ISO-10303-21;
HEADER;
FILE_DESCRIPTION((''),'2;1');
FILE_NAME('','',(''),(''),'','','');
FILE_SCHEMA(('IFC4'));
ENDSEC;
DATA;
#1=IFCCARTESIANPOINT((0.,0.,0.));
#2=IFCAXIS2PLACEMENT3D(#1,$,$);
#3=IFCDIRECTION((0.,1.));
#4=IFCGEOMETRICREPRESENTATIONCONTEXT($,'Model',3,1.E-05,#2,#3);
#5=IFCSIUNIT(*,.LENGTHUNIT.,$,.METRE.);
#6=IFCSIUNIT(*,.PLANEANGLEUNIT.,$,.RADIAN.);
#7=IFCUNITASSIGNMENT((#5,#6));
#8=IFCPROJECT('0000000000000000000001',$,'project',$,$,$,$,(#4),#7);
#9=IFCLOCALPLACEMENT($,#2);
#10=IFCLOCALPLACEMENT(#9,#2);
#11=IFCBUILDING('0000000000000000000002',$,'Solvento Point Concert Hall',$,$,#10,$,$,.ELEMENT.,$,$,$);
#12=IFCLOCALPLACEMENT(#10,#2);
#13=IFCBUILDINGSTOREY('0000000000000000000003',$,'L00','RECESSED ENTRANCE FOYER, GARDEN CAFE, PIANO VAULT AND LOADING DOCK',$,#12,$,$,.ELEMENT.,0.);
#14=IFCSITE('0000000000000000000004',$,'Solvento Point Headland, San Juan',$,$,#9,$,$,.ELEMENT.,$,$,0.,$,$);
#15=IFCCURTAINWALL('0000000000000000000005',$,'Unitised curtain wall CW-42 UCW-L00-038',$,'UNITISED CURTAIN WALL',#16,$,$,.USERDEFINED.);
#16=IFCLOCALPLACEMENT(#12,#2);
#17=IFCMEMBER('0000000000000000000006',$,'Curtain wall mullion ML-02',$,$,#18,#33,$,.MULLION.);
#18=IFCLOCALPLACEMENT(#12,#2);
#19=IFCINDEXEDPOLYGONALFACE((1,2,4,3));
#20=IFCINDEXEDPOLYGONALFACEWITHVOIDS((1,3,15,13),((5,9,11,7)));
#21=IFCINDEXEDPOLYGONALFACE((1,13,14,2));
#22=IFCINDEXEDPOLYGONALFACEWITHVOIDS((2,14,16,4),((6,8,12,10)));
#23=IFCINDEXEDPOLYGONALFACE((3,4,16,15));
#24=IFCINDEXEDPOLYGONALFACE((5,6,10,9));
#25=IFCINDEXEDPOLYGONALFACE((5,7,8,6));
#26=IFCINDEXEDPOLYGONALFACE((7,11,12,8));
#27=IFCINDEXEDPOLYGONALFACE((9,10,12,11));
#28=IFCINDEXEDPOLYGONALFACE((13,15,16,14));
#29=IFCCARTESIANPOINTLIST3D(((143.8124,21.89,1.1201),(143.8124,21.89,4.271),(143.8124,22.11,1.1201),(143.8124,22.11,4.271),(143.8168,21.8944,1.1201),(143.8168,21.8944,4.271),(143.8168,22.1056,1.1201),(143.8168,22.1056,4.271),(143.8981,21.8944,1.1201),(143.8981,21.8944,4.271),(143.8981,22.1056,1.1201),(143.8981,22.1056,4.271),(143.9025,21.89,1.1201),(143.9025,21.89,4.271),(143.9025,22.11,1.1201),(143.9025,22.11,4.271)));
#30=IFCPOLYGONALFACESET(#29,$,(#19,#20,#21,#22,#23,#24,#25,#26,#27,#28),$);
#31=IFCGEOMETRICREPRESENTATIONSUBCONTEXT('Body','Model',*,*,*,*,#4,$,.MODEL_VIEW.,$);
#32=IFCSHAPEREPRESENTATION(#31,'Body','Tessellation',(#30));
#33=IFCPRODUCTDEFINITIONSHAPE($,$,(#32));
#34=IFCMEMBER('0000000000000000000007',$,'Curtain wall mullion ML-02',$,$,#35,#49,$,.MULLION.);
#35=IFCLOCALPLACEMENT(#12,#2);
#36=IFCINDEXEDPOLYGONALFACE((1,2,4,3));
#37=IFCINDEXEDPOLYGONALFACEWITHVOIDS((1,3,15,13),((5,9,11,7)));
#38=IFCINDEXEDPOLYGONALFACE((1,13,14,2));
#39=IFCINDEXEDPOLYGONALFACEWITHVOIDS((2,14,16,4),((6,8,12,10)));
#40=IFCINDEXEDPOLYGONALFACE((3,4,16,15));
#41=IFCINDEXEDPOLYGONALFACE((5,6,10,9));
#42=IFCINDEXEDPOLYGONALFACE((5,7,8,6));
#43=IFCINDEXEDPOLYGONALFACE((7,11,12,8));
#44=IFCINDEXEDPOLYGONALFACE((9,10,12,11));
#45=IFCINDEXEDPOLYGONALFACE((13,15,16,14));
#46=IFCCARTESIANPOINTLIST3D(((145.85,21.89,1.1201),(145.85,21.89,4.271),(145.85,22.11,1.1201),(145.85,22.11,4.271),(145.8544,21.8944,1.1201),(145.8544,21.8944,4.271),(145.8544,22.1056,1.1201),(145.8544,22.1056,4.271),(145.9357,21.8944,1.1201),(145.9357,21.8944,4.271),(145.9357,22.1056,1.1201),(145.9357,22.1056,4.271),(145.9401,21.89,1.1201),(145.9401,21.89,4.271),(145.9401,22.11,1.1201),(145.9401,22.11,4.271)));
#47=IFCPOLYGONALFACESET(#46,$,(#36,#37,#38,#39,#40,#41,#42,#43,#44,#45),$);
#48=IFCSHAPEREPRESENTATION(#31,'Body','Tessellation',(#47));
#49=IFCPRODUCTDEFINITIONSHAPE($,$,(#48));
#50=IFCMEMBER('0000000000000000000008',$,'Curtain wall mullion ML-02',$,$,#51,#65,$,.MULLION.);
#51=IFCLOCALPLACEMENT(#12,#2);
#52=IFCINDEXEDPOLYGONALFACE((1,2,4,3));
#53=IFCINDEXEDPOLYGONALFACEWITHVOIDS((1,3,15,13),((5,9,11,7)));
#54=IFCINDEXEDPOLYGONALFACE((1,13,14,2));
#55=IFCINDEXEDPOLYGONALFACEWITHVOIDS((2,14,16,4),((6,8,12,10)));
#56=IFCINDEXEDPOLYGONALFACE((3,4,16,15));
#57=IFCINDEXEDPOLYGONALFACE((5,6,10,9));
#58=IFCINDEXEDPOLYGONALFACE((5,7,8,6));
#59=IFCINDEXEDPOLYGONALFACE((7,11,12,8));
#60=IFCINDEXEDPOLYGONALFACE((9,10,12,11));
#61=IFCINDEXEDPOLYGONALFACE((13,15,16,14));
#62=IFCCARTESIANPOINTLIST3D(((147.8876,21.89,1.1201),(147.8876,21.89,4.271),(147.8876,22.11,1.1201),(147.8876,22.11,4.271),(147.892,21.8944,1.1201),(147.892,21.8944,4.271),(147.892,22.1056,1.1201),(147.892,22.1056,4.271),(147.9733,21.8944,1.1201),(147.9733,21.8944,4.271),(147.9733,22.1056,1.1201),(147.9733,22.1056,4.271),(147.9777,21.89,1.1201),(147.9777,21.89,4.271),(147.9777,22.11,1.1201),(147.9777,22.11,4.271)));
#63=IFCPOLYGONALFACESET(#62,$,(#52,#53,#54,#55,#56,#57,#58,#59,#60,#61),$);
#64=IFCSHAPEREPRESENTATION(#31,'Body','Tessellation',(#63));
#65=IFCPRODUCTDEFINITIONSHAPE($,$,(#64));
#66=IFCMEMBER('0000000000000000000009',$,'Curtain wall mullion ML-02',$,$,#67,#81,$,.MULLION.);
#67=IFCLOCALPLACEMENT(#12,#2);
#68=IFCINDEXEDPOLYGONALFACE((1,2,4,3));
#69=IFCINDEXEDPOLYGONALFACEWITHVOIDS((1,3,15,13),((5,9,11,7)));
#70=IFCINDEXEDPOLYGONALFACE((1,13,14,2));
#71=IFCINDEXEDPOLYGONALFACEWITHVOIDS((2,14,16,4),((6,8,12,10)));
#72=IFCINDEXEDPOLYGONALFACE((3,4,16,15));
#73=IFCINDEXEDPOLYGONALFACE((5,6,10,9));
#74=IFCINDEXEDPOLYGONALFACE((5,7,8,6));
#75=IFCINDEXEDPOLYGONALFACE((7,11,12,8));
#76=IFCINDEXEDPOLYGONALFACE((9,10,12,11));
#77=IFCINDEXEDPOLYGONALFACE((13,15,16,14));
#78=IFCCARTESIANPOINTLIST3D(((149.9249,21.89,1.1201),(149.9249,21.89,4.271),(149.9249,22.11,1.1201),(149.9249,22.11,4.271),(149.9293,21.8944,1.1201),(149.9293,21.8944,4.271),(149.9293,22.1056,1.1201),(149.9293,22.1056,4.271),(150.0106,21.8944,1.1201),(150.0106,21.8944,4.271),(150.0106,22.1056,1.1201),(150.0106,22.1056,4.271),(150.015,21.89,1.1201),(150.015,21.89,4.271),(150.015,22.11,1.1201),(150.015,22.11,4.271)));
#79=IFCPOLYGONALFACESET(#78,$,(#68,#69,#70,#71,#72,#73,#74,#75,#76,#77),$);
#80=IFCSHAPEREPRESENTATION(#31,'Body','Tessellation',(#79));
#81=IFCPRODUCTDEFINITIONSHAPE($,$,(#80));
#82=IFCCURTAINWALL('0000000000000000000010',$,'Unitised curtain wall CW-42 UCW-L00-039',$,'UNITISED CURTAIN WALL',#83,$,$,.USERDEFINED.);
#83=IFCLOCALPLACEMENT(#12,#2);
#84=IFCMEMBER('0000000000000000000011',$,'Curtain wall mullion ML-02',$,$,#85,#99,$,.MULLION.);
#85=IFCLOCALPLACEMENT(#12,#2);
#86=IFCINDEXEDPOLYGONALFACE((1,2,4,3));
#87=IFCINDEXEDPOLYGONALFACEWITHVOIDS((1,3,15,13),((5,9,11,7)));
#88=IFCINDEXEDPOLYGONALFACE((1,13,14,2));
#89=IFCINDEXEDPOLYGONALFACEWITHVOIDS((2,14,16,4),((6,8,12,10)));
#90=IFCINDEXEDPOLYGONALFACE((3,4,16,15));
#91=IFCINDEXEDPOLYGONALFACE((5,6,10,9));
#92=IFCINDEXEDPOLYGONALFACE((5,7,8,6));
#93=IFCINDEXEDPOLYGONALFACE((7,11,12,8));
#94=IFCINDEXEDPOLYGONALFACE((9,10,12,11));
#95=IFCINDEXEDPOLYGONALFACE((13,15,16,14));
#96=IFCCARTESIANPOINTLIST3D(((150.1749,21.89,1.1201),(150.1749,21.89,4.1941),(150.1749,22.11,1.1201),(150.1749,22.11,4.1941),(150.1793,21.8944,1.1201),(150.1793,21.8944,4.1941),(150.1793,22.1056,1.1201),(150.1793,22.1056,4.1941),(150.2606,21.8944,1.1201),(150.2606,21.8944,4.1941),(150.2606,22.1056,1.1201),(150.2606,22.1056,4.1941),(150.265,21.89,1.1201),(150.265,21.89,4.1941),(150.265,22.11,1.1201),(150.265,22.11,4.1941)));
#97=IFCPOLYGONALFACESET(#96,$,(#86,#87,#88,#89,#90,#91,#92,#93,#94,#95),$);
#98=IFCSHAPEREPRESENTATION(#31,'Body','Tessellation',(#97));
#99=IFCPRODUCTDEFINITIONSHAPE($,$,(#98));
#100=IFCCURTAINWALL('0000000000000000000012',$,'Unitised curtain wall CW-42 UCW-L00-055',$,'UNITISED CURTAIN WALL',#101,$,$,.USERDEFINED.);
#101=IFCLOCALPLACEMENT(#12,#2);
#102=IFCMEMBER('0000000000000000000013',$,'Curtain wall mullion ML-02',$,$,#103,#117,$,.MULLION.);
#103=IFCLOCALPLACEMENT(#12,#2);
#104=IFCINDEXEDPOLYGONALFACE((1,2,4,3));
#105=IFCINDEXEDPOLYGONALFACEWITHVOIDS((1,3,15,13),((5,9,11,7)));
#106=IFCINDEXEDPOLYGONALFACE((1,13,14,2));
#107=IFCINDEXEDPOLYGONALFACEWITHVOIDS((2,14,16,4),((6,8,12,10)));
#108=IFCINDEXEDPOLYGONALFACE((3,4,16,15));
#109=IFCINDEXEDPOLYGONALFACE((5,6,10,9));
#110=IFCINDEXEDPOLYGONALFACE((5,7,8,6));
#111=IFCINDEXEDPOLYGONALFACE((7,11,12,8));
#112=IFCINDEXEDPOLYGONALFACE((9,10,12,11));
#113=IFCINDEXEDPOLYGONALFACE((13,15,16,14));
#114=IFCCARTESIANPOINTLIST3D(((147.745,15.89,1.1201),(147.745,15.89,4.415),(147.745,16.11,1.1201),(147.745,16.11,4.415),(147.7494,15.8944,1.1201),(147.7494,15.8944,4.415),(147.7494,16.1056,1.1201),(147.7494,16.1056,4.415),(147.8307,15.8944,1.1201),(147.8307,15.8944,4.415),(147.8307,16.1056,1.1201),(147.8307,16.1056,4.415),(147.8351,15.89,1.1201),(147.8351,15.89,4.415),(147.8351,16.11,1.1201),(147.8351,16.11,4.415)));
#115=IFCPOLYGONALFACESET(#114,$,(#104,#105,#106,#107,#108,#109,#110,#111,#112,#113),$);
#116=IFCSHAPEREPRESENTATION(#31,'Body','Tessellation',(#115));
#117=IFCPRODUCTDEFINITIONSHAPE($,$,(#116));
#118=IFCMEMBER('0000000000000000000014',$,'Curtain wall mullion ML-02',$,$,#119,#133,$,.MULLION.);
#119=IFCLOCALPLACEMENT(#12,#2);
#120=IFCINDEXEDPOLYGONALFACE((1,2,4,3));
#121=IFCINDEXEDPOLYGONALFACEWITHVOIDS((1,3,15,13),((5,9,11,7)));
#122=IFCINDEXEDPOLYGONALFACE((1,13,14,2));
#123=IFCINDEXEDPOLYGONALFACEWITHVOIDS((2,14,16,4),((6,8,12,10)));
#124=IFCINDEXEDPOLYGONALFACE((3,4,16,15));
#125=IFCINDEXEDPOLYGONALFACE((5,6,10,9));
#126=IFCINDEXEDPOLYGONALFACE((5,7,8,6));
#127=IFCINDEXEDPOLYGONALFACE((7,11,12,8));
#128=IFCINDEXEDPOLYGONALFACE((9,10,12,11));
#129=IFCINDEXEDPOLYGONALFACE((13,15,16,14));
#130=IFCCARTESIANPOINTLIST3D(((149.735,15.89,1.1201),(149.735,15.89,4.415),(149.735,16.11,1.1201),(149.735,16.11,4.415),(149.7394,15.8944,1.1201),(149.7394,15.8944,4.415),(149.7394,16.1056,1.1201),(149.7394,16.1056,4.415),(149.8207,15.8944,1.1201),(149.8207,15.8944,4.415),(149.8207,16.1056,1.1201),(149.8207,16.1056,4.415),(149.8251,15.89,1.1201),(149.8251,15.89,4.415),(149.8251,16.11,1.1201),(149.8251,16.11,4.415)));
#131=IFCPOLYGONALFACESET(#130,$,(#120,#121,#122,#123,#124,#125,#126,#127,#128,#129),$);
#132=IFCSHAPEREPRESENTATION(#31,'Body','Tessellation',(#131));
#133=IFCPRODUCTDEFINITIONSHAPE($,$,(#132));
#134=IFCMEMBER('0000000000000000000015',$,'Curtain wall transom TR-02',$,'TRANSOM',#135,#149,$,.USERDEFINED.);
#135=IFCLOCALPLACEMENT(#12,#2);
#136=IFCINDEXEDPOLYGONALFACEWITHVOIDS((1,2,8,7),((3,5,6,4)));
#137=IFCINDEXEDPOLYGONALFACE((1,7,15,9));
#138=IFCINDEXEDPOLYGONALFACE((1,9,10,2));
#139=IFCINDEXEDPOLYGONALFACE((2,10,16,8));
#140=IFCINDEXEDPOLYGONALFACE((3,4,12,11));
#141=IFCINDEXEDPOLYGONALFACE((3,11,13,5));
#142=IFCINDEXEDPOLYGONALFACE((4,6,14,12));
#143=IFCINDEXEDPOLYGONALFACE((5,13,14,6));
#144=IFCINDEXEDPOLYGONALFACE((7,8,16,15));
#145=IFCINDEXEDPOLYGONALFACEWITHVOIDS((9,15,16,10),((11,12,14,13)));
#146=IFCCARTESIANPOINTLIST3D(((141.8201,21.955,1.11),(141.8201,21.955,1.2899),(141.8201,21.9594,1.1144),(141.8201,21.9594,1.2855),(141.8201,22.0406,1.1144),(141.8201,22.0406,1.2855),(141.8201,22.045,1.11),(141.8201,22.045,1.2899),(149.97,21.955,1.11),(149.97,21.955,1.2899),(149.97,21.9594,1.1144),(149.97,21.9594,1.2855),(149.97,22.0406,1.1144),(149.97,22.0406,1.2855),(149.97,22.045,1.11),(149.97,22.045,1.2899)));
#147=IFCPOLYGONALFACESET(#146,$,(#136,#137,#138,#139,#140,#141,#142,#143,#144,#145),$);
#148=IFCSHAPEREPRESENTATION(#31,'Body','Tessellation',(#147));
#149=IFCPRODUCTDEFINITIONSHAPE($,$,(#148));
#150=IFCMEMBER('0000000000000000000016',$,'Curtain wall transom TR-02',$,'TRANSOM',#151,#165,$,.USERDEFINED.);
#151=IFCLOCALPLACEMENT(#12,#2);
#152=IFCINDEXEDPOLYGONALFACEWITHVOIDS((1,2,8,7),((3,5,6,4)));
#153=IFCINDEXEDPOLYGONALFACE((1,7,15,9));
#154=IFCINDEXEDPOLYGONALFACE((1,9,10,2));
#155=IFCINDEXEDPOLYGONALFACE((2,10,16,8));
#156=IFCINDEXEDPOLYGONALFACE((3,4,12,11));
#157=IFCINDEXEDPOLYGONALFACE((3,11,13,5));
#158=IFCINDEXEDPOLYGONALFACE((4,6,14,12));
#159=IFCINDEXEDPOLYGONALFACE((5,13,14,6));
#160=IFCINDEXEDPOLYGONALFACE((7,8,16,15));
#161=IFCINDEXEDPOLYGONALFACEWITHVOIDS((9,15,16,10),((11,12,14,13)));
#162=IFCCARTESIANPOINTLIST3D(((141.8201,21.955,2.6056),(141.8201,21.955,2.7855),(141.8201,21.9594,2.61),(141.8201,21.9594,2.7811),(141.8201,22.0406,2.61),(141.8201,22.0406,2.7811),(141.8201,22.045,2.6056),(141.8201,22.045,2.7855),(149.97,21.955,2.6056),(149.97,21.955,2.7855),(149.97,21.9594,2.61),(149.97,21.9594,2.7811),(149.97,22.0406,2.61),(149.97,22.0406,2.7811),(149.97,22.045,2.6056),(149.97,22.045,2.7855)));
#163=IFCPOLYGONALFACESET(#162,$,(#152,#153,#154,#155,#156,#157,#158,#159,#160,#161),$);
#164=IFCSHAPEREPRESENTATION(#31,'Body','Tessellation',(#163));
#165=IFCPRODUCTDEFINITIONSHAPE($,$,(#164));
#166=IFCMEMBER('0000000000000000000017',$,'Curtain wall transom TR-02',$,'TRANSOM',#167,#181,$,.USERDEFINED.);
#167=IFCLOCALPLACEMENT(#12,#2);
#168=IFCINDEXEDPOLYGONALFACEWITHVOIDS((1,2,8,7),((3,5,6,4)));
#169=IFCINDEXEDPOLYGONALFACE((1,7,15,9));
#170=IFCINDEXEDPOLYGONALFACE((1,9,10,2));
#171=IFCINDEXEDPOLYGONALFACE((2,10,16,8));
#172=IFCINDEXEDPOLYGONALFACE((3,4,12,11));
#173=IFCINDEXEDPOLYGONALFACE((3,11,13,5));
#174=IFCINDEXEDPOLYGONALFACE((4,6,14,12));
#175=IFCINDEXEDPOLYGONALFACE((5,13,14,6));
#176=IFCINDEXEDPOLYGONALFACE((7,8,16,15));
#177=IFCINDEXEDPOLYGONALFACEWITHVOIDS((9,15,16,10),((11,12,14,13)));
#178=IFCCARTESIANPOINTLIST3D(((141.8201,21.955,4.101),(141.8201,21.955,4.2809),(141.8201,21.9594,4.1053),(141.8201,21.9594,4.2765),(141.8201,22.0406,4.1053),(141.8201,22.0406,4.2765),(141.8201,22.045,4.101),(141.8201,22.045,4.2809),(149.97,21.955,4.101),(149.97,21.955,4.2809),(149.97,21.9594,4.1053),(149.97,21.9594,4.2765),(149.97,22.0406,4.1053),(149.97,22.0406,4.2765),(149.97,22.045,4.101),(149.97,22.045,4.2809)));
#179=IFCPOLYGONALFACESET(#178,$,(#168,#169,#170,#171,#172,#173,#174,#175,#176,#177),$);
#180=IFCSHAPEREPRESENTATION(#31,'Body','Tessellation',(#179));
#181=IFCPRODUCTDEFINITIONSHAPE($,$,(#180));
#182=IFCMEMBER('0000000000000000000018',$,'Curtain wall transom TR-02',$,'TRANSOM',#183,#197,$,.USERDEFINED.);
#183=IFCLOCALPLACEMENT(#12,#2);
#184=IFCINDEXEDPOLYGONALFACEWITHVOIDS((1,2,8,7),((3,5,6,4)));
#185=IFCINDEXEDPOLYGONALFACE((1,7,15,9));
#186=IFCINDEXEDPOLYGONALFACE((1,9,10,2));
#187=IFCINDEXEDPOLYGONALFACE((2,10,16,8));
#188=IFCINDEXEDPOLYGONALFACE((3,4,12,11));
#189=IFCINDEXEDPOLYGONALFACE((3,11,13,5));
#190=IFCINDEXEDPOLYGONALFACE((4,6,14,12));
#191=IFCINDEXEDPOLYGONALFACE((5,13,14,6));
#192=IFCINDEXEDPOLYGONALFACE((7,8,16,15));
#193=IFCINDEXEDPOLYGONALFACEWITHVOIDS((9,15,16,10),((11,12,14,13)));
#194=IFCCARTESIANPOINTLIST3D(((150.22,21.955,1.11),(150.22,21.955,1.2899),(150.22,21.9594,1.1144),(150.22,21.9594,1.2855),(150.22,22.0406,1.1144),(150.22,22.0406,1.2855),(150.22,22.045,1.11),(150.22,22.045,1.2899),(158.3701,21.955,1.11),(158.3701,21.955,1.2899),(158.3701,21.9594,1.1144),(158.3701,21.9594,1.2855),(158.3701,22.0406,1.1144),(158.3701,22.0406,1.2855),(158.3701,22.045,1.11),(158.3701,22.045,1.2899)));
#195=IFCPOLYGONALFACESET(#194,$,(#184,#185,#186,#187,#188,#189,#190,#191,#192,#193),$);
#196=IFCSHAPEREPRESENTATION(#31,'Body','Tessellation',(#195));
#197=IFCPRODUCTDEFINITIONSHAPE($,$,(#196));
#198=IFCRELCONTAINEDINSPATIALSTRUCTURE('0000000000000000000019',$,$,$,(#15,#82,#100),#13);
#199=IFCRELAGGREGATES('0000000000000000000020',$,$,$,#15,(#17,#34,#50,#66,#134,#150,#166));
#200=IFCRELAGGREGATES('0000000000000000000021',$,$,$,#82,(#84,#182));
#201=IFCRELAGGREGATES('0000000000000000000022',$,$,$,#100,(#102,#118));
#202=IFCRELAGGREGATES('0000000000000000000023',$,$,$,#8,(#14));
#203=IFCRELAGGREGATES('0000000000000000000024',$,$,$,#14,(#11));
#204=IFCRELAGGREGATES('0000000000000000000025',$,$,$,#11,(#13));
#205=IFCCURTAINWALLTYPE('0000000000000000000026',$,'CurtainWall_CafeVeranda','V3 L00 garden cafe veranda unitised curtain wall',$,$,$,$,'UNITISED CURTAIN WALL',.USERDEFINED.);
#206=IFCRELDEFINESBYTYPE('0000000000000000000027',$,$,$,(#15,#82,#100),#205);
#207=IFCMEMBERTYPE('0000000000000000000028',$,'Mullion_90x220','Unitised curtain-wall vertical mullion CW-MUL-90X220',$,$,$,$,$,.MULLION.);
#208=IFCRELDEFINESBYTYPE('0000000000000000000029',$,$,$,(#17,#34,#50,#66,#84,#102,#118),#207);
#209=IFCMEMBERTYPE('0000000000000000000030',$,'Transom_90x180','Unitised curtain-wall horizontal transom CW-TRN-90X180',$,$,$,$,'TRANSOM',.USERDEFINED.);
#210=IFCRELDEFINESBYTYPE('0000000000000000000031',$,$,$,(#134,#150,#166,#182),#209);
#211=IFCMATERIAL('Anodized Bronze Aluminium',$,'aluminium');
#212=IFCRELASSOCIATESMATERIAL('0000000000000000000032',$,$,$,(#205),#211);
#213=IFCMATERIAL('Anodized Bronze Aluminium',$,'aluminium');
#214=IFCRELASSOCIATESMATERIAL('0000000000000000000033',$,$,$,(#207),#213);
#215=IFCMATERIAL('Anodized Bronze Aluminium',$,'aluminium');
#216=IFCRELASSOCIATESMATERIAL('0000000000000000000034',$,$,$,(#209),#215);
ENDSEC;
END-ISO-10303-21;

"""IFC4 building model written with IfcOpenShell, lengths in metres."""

from ifc_helpers import new_model, si_unit, direction, frame, origin, origin_2d, place, context, subcontext, project, spatial, hollow_rectangle, extrude, material, material_profile, profile_set, type_object, element, aggregate, save


model = new_model("IFC4")

# Units and contexts
model_context = context("Model", 3, precision=1e-05, world=origin(), true_north=direction((0.0, 1.0)))
body_context = subcontext(model_context, "Body", "Model", "MODEL_VIEW")
ifc_project = project(units=[si_unit("LENGTHUNIT", "METRE"), si_unit("PLANEANGLEUNIT", "RADIAN")], contexts=[model_context])

# Site, building, storey
site_placement = place(None, origin())
site = spatial("IfcSite", under=ifc_project, at=site_placement, Name="Solvento Point Headland, San Juan", CompositionType="ELEMENT", RefElevation=0.0)
building_placement = place(site_placement, origin())
building = spatial("IfcBuilding", under=site, at=building_placement, Name="Solvento Point Concert Hall", CompositionType="ELEMENT")
storey_placement = place(building_placement, origin())
storey = spatial("IfcBuildingStorey", under=building, at=storey_placement, Name="L00", Description="RECESSED ENTRANCE FOYER, GARDEN CAFE, PIANO VAULT AND LOADING DOCK", CompositionType="ELEMENT", Elevation=0.0)

# Curtain wall, members
ifc_material_1 = material(Name="Anodized Bronze Aluminium", Category="aluminium")
curtain_wall_type = type_object("IfcCurtainWallType", Name="CurtainWall_CafeVeranda", Description="V3 L00 garden cafe veranda unitised curtain wall", ElementType="UNITISED CURTAIN WALL", PredefinedType="USERDEFINED", material=ifc_material_1)
curtain_wall_1_placement = place(storey_placement, origin())
curtain_wall_1 = element("IfcCurtainWall", 1, at=curtain_wall_1_placement, inside=storey, type_object=curtain_wall_type, Name="Unitised curtain wall CW-42 UCW-L00-038", ObjectType="UNITISED CURTAIN WALL", PredefinedType="USERDEFINED")
ifc_material_2 = material(Name="Anodized Bronze Aluminium", Category="aluminium")
ifc_material_profile_1 = material_profile(ifc_material_2, hollow_rectangle(XDim=0.0901, YDim=0.22, WallThickness=0.0044, at=origin_2d()), Name="CW-MUL-90X220")
ifc_profile_set_1 = profile_set([ifc_material_profile_1], Name="Anodized Bronze Aluminium")
member_type_1 = type_object("IfcMemberType", Name="Mullion_90x220", Description="Unitised curtain-wall vertical mullion CW-MUL-90X220", PredefinedType="MULLION", material=ifc_profile_set_1)
member_1_placement = place(storey_placement, frame((143.8574, 22.0, 1.1201), z_axis=(0.0, 0.0, 1.0), x_axis=(1.0, 0.0, 0.0)))
member_1 = element("IfcMember", 2, at=member_1_placement, type_object=member_type_1, Name="Curtain wall mullion ML-02", PredefinedType="MULLION", context=body_context, shape_type="SweptSolid", body=[
    extrude(hollow_rectangle(XDim=0.0901, YDim=0.22, WallThickness=0.0044, at=origin_2d()), origin(), (0.0, 0.0, 1.0), 3.1509),
])
member_2_placement = place(storey_placement, frame((145.895, 22.0, 1.1201), z_axis=(0.0, 0.0, 1.0), x_axis=(1.0, 0.0, 0.0)))
member_2 = element("IfcMember", 3, at=member_2_placement, type_object=member_type_1, Name="Curtain wall mullion ML-02", PredefinedType="MULLION", context=body_context, shape_type="SweptSolid", body=[
    extrude(hollow_rectangle(XDim=0.0901, YDim=0.22, WallThickness=0.0044, at=origin_2d()), origin(), (0.0, 0.0, 1.0), 3.1509),
])
member_3_placement = place(storey_placement, frame((147.9326, 22.0, 1.1201), z_axis=(0.0, 0.0, 1.0), x_axis=(1.0, 0.0, 0.0)))
member_3 = element("IfcMember", 4, at=member_3_placement, type_object=member_type_1, Name="Curtain wall mullion ML-02", PredefinedType="MULLION", context=body_context, shape_type="SweptSolid", body=[
    extrude(hollow_rectangle(XDim=0.0901, YDim=0.22, WallThickness=0.0044, at=origin_2d()), origin(), (0.0, 0.0, 1.0), 3.1509),
])
member_4_placement = place(storey_placement, frame((149.97, 22.0, 1.1201), z_axis=(0.0, 0.0, 1.0), x_axis=(1.0, 0.0, 0.0)))
member_4 = element("IfcMember", 5, at=member_4_placement, type_object=member_type_1, Name="Curtain wall mullion ML-02", PredefinedType="MULLION", context=body_context, shape_type="SweptSolid", body=[
    extrude(hollow_rectangle(XDim=0.0901, YDim=0.22, WallThickness=0.0044, at=origin_2d()), origin(), (0.0, 0.0, 1.0), 3.1509),
])

# Curtain wall, member
curtain_wall_2_placement = place(storey_placement, origin())
curtain_wall_2 = element("IfcCurtainWall", 6, at=curtain_wall_2_placement, inside=storey, type_object=curtain_wall_type, Name="Unitised curtain wall CW-42 UCW-L00-039", ObjectType="UNITISED CURTAIN WALL", PredefinedType="USERDEFINED")
member_5_placement = place(storey_placement, frame((150.22, 22.0, 1.1201), z_axis=(0.0, 0.0, 1.0), x_axis=(1.0, 0.0, 0.0)))
member_5 = element("IfcMember", 7, at=member_5_placement, type_object=member_type_1, Name="Curtain wall mullion ML-02", PredefinedType="MULLION", context=body_context, shape_type="SweptSolid", body=[
    extrude(hollow_rectangle(XDim=0.0901, YDim=0.22, WallThickness=0.0044, at=origin_2d()), origin(), (0.0, 0.0, 1.0), 3.074),
])

# Curtain wall, members
curtain_wall_3_placement = place(storey_placement, origin())
curtain_wall_3 = element("IfcCurtainWall", 8, at=curtain_wall_3_placement, inside=storey, type_object=curtain_wall_type, Name="Unitised curtain wall CW-42 UCW-L00-055", ObjectType="UNITISED CURTAIN WALL", PredefinedType="USERDEFINED")
member_6_placement = place(storey_placement, frame((147.79, 16.0, 1.1201), z_axis=(0.0, 0.0, 1.0), x_axis=(1.0, 0.0, 0.0)))
member_6 = element("IfcMember", 9, at=member_6_placement, type_object=member_type_1, Name="Curtain wall mullion ML-02", PredefinedType="MULLION", context=body_context, shape_type="SweptSolid", body=[
    extrude(hollow_rectangle(XDim=0.0901, YDim=0.22, WallThickness=0.0044, at=origin_2d()), origin(), (0.0, 0.0, 1.0), 3.2949),
])
member_7_placement = place(storey_placement, frame((149.78, 16.0, 1.1201), z_axis=(0.0, 0.0, 1.0), x_axis=(1.0, 0.0, 0.0)))
member_7 = element("IfcMember", 10, at=member_7_placement, type_object=member_type_1, Name="Curtain wall mullion ML-02", PredefinedType="MULLION", context=body_context, shape_type="SweptSolid", body=[
    extrude(hollow_rectangle(XDim=0.0901, YDim=0.22, WallThickness=0.0044, at=origin_2d()), origin(), (0.0, 0.0, 1.0), 3.2949),
])

# Members
ifc_material_3 = material(Name="Anodized Bronze Aluminium", Category="aluminium")
ifc_material_profile_2 = material_profile(ifc_material_3, hollow_rectangle(XDim=0.0901, YDim=0.1799, WallThickness=0.0044, at=origin_2d()), Name="CW-TRN-90X180")
ifc_profile_set_2 = profile_set([ifc_material_profile_2], Name="Anodized Bronze Aluminium")
member_type_2 = type_object("IfcMemberType", Name="Transom_90x180", Description="Unitised curtain-wall horizontal transom CW-TRN-90X180", ElementType="TRANSOM", PredefinedType="USERDEFINED", material=ifc_profile_set_2)
member_8_placement = place(storey_placement, frame((141.8201, 22.0, 1.2), z_axis=(1.0, 0.0, 0.0), x_axis=(0.0, 1.0, 0.0)))
member_8 = element("IfcMember", 11, at=member_8_placement, type_object=member_type_2, Name="Curtain wall transom TR-02", ObjectType="TRANSOM", PredefinedType="USERDEFINED", context=body_context, shape_type="SweptSolid", body=[
    extrude(hollow_rectangle(XDim=0.0901, YDim=0.1799, WallThickness=0.0044, at=origin_2d()), origin(), (0.0, 0.0, 1.0), 8.1499),
])
member_9_placement = place(storey_placement, frame((141.8201, 22.0, 2.6956), z_axis=(1.0, 0.0, 0.0), x_axis=(0.0, 1.0, 0.0)))
member_9 = element("IfcMember", 12, at=member_9_placement, type_object=member_type_2, Name="Curtain wall transom TR-02", ObjectType="TRANSOM", PredefinedType="USERDEFINED", context=body_context, shape_type="SweptSolid", body=[
    extrude(hollow_rectangle(XDim=0.0901, YDim=0.1799, WallThickness=0.0044, at=origin_2d()), origin(), (0.0, 0.0, 1.0), 8.1499),
])
member_10_placement = place(storey_placement, frame((141.8201, 22.0, 4.1909), z_axis=(1.0, 0.0, 0.0), x_axis=(0.0, 1.0, 0.0)))
member_10 = element("IfcMember", 13, at=member_10_placement, type_object=member_type_2, Name="Curtain wall transom TR-02", ObjectType="TRANSOM", PredefinedType="USERDEFINED", context=body_context, shape_type="SweptSolid", body=[
    extrude(hollow_rectangle(XDim=0.0901, YDim=0.1799, WallThickness=0.0044, at=origin_2d()), origin(), (0.0, 0.0, 1.0), 8.1499),
])
member_11_placement = place(storey_placement, frame((150.22, 22.0, 1.2), z_axis=(1.0, 0.0, 0.0), x_axis=(0.0, 1.0, 0.0)))
member_11 = element("IfcMember", 14, at=member_11_placement, type_object=member_type_2, Name="Curtain wall transom TR-02", ObjectType="TRANSOM", PredefinedType="USERDEFINED", context=body_context, shape_type="SweptSolid", body=[
    extrude(hollow_rectangle(XDim=0.0901, YDim=0.1799, WallThickness=0.0044, at=origin_2d()), origin(), (0.0, 0.0, 1.0), 8.1501),
])

aggregate(curtain_wall_1, [member_1, member_2, member_3, member_4, member_8, member_9, member_10])
aggregate(curtain_wall_2, [member_5, member_11])
aggregate(curtain_wall_3, [member_6, member_7])

save(model, "model.ifc")
